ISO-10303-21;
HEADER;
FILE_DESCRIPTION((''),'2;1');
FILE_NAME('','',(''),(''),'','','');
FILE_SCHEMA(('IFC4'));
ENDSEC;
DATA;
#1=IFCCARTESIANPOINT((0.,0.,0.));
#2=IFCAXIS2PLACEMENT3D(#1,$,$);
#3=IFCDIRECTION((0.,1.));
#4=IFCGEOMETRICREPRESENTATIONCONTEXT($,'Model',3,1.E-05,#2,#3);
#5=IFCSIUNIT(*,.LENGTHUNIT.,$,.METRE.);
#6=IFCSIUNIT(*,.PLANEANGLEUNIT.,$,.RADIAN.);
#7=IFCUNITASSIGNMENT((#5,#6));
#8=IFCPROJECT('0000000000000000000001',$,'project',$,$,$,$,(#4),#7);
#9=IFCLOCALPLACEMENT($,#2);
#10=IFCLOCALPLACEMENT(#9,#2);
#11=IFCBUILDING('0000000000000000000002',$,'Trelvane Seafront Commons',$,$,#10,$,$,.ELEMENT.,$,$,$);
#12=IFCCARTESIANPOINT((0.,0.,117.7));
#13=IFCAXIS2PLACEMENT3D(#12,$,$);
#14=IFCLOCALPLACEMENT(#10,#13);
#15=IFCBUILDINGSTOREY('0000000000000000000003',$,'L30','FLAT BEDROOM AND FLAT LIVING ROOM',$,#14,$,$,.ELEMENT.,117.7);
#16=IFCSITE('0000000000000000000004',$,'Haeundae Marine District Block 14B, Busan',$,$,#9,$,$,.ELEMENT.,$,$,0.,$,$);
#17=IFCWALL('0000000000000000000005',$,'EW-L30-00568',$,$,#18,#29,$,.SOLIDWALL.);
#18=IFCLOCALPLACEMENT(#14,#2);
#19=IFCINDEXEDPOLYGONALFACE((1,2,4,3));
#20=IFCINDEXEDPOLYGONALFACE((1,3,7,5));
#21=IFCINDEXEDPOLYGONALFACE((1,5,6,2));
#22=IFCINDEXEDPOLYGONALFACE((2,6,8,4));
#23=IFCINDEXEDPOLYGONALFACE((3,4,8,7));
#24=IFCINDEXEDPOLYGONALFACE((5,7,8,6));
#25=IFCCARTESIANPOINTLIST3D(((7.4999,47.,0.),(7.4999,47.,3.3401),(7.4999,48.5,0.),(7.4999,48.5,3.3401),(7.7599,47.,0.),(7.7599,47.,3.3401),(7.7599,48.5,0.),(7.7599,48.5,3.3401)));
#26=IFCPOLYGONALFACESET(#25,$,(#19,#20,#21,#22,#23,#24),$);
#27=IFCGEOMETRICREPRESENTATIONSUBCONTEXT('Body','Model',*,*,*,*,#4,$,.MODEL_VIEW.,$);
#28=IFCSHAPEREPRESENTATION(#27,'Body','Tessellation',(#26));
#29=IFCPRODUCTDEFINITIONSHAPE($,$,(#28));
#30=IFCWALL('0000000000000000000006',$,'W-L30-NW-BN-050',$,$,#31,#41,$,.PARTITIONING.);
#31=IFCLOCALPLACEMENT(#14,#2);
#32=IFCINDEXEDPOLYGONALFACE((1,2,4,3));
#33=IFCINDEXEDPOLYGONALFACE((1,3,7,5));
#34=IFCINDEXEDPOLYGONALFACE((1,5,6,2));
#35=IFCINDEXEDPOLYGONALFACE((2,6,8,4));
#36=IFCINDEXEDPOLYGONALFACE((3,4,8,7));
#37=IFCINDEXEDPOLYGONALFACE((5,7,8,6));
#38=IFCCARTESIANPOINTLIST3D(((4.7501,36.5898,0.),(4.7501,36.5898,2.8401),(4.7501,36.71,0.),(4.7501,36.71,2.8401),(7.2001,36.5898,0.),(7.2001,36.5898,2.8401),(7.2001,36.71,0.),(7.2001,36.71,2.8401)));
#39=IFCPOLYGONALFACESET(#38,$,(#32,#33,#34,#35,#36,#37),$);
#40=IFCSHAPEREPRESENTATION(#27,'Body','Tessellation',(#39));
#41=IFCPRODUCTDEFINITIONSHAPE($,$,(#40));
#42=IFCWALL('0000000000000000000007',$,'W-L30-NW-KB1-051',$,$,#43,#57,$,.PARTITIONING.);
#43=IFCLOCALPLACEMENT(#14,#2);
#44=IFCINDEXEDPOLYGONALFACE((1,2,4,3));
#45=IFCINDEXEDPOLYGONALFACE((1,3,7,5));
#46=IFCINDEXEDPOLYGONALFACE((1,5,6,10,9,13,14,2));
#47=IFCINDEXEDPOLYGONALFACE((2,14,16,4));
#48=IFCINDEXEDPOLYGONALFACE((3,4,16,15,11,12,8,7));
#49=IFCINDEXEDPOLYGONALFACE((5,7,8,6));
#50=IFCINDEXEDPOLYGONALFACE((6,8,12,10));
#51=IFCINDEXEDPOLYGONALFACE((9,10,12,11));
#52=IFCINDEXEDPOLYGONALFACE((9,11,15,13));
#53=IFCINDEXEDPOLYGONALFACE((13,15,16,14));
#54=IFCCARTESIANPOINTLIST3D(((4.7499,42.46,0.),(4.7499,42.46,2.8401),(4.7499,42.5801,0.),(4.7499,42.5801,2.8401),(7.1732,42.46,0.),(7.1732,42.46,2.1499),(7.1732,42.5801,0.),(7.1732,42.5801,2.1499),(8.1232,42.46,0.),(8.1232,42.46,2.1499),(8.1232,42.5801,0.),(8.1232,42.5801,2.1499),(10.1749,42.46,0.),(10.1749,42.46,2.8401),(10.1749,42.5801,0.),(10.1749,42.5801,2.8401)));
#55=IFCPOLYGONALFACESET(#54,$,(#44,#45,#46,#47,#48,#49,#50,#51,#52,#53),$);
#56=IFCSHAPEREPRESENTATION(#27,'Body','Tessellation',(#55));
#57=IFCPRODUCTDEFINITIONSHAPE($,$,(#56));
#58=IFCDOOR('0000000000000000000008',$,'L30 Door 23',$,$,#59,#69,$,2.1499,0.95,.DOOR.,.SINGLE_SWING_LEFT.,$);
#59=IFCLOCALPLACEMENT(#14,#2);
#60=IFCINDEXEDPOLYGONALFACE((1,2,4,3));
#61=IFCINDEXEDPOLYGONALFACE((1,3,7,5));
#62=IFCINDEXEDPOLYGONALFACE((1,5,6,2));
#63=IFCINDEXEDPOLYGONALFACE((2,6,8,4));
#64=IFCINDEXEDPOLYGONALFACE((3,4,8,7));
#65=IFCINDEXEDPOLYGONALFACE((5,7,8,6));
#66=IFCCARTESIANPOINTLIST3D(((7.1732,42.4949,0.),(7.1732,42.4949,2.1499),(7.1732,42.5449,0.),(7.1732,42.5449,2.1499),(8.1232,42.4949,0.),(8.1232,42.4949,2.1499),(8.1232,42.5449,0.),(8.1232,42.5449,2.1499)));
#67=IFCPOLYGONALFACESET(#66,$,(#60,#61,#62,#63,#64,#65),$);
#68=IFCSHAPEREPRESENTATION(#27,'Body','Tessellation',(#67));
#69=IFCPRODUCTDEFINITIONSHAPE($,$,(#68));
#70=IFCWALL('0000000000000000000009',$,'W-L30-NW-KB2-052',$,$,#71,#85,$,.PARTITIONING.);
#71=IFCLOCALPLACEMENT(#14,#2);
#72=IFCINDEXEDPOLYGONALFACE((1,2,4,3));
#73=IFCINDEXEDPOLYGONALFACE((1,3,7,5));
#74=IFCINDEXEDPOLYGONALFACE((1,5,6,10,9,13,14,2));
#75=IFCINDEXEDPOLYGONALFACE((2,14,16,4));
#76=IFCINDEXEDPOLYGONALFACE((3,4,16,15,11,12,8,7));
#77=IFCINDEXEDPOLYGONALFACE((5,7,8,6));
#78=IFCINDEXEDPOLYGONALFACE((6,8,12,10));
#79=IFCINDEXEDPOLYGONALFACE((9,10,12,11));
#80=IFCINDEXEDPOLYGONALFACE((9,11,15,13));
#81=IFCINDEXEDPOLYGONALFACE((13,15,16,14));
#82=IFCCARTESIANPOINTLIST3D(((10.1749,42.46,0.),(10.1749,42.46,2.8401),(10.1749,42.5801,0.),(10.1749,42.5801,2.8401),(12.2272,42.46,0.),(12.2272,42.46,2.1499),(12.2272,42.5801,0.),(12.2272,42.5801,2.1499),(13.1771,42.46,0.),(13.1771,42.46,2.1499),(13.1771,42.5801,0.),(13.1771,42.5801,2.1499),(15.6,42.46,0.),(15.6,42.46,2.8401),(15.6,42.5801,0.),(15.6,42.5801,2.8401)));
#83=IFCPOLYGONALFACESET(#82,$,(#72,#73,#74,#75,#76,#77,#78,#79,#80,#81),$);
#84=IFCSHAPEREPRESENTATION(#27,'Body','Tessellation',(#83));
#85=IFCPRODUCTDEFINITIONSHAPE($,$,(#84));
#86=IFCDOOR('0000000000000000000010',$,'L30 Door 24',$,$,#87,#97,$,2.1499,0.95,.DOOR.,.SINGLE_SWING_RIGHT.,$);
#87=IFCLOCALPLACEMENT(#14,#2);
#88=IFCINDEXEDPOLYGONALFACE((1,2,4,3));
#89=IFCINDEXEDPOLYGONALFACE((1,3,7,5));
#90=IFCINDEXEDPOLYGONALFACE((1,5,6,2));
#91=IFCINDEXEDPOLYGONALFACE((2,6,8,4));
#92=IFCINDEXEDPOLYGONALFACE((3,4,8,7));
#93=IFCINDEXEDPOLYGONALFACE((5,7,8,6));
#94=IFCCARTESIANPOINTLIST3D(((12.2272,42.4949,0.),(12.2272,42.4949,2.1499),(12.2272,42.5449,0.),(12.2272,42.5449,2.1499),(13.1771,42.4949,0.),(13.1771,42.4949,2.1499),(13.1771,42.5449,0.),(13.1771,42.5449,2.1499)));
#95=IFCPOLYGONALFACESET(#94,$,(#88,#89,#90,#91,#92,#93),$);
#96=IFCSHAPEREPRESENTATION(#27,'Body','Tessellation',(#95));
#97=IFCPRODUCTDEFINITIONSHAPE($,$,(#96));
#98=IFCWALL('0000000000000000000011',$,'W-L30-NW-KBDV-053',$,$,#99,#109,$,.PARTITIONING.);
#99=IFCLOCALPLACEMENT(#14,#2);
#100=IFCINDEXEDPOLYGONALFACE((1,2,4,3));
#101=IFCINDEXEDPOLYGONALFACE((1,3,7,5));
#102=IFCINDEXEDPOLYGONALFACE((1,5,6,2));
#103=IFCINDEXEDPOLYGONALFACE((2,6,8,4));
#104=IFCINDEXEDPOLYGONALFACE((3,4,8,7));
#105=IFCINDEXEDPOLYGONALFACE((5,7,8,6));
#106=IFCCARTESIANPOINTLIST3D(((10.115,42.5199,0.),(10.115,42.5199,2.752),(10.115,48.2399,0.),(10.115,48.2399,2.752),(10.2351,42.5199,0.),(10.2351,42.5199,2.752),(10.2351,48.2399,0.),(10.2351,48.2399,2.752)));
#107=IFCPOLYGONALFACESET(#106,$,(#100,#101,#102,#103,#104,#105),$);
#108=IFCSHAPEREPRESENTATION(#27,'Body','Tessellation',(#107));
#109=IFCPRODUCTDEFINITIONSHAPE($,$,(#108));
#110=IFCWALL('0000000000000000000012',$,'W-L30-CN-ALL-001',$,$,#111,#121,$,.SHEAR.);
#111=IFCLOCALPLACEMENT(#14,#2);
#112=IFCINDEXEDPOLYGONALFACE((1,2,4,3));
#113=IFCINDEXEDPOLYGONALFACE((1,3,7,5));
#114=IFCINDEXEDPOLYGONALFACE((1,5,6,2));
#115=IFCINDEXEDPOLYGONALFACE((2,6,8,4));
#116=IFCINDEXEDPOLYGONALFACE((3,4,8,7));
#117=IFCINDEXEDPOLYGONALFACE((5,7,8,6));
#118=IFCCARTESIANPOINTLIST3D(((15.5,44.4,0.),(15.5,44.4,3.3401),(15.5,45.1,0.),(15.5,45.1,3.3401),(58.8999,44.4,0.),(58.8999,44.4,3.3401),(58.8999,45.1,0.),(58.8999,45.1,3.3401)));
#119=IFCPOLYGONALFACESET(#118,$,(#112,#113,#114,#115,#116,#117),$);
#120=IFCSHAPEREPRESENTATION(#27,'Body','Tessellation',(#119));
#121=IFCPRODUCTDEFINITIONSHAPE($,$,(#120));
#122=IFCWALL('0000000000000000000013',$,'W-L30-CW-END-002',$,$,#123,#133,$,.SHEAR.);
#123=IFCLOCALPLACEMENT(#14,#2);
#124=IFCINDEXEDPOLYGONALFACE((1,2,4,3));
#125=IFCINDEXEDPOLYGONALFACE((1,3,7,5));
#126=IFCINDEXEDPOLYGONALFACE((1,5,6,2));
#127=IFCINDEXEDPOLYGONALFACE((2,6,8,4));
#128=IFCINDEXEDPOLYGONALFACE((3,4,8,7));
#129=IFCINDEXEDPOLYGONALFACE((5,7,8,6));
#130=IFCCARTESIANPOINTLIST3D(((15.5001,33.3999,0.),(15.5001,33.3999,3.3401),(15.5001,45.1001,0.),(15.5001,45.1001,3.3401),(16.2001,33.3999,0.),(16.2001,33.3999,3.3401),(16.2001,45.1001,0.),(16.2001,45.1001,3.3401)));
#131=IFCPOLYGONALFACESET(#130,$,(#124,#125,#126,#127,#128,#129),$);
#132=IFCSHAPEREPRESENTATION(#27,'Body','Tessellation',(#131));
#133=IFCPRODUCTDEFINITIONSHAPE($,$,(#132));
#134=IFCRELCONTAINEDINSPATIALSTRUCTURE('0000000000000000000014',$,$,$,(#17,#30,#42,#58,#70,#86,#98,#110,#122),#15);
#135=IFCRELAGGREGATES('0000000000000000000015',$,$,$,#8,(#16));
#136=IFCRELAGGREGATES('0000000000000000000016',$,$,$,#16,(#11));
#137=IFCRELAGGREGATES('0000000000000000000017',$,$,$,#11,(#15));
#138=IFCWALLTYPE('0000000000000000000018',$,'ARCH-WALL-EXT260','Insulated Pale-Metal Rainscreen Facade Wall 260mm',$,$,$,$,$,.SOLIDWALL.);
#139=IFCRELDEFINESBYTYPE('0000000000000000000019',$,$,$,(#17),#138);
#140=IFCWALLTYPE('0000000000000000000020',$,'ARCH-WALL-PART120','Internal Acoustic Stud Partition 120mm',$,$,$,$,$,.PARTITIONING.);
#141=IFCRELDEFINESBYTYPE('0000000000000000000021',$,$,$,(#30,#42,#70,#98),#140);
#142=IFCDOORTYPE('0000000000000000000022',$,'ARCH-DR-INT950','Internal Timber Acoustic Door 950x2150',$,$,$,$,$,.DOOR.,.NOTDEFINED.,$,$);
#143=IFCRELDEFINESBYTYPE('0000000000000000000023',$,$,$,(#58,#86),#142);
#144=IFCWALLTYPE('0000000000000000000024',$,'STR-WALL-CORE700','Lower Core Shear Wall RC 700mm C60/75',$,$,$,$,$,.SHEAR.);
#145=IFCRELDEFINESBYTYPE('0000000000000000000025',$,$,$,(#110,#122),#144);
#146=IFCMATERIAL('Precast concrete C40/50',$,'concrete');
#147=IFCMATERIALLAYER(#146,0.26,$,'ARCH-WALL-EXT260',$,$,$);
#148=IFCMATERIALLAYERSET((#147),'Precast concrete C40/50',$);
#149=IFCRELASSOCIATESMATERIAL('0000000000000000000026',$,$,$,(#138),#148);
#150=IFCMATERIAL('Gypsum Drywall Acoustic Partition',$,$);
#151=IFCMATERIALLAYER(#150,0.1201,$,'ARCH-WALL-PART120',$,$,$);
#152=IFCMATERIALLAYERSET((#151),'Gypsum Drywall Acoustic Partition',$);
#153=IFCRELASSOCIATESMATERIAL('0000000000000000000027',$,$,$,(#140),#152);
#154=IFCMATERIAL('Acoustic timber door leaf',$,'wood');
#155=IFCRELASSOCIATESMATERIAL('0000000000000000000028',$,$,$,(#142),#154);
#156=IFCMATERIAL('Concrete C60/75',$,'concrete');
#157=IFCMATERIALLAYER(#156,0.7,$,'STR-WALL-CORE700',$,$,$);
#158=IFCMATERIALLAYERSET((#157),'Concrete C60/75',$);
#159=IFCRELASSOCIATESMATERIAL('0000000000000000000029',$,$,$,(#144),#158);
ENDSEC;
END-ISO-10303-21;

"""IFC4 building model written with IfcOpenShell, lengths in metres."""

from ifc_helpers import new_model, si_unit, direction, frame, frame_2d, origin, place, context, subcontext, project, spatial, rectangle, extrude, source, transform, mapped, material, layer, layer_set, type_object, element, fill, save


model = new_model("IFC4")

# Units and contexts
model_context = context("Model", 3, precision=1e-05, world=origin(), true_north=direction((0.0, 1.0)))
body_context = subcontext(model_context, "Body", "Model", "MODEL_VIEW")
ifc_project = project(units=[si_unit("LENGTHUNIT", "METRE"), si_unit("PLANEANGLEUNIT", "RADIAN")], contexts=[model_context])

# Site, building, storey
site_placement = place(None, origin())
site = spatial("IfcSite", under=ifc_project, at=site_placement, Name="Haeundae Marine District Block 14B, Busan", CompositionType="ELEMENT", RefElevation=0.0)
building_placement = place(site_placement, origin())
building = spatial("IfcBuilding", under=site, at=building_placement, Name="Trelvane Seafront Commons", CompositionType="ELEMENT")
storey_placement = place(building_placement, frame((0.0, 0.0, 117.7)))
storey = spatial("IfcBuildingStorey", under=building, at=storey_placement, Name="L30", Description="FLAT BEDROOM AND FLAT LIVING ROOM", CompositionType="ELEMENT", Elevation=117.7)

# Shared definitions
ifc_material_1 = material(Name="Concrete C60/75", Category="concrete")

# Shared definitions
ifc_material_2 = material(Name="Precast concrete C40/50", Category="concrete")
ifc_layer_1 = layer(ifc_material_2, 0.26, Name="ARCH-WALL-EXT260")
ifc_layer_set_1 = layer_set([ifc_layer_1], Name="Precast concrete C40/50")
wall_type_1 = type_object("IfcWallType", Name="ARCH-WALL-EXT260", Description="Insulated Pale-Metal Rainscreen Facade Wall 260mm", PredefinedType="SOLIDWALL", material=ifc_layer_set_1)

# Walls
for number, where, z_axis, x_axis, name in (
    (1, (7.6299, 47.0, 0.0), (0.0, 0.0, 1.0), (0.0, 1.0, 0.0), "EW-L30-00568"),
):
    element("IfcWall", number, at=place(storey_placement, frame(where, z_axis=z_axis, x_axis=x_axis)), inside=storey, type_object=wall_type_1, Name=name, PredefinedType="SOLIDWALL", context=body_context, shape_type="SweptSolid", body=[
        extrude(rectangle(XDim=1.5, YDim=0.26, at=frame_2d((0.75, 0.0))), origin(), (0.0, 0.0, 1.0), 3.3401),
    ])
ifc_material_3 = material(Name="Gypsum Drywall Acoustic Partition")
ifc_layer_2 = layer(ifc_material_3, 0.1201, Name="ARCH-WALL-PART120")
ifc_layer_set_2 = layer_set([ifc_layer_2], Name="Gypsum Drywall Acoustic Partition")
wall_type_2 = type_object("IfcWallType", Name="ARCH-WALL-PART120", Description="Internal Acoustic Stud Partition 120mm", PredefinedType="PARTITIONING", material=ifc_layer_set_2)
wall_1_placement = place(storey_placement, frame((4.75, 36.6499, 0.0), z_axis=(0.0, 0.0, 1.0), x_axis=(1.0, 0.0, 0.0)))
element("IfcWall", 2, at=wall_1_placement, inside=storey, type_object=wall_type_2, Name="W-L30-NW-BN-050", PredefinedType="PARTITIONING", context=body_context, shape_type="SweptSolid", body=[
    extrude(rectangle(XDim=2.45, YDim=0.1201, at=frame_2d((1.2251, 0.0))), origin(), (0.0, 0.0, 1.0), 2.8401),
])

# Walls, openings, doors
wall_2_placement = place(storey_placement, frame((4.75, 42.52, 0.0), z_axis=(0.0, 0.0, 1.0), x_axis=(1.0, 0.0, 0.0)))
wall_2 = element("IfcWall", 3, at=wall_2_placement, inside=storey, type_object=wall_type_2, Name="W-L30-NW-KB1-051", PredefinedType="PARTITIONING", context=body_context, shape_type="SweptSolid", body=[
    extrude(rectangle(XDim=5.425, YDim=0.1201, at=frame_2d((2.7124, 0.0))), origin(), (0.0, 0.0, 1.0), 2.8401),
])
opening_1_placement = place(wall_2_placement, frame((2.4231, 0.0, 0.0)))
opening_1 = element("IfcOpeningElement", 4, at=opening_1_placement, cuts=wall_2, PredefinedType="OPENING", context=body_context, shape_type="SweptSolid", body=[
    extrude(rectangle(XDim=0.95, YDim=2.1499, at=frame_2d((0.4751, 1.075))), frame((0.0, 0.0701, 0.0), z_axis=(0.0, -1.0, 0.0), x_axis=(1.0, 0.0, 0.0)), (0.0, 0.0, 1.0), 0.1401),
])
ifc_material_4 = material(Name="Acoustic timber door leaf", Category="wood")
door_type_1 = type_object("IfcDoorType", Name="ARCH-DR-INT950", Description="Internal Timber Acoustic Door 950x2150", OperationType="NOTDEFINED", PredefinedType="DOOR", material=ifc_material_4)
shared_shape_1 = source(origin(), body_context, "Body", "SweptSolid", [
    extrude(rectangle(XDim=0.95, YDim=2.1499, at=frame_2d((0.4751, 1.075))), frame((0.0, 0.0249, 0.0), z_axis=(0.0, -1.0, 0.0), x_axis=(1.0, 0.0, 0.0)), (0.0, 0.0, 1.0), 0.05),
])
door_1_placement = place(opening_1_placement, origin())
door_1 = element("IfcDoor", 5, at=door_1_placement, inside=storey, type_object=door_type_1, Name="L30 Door 23", OperationType="SINGLE_SWING_LEFT", OverallHeight=2.1499, OverallWidth=0.95, PredefinedType="DOOR", context=body_context, shape_type="MappedRepresentation", body=[
    mapped(shared_shape_1, transform((0.0, 0.0, 0.0), x_axis=(1.0, 0.0, 0.0), y_axis=(0.0, 1.0, 0.0), z_axis=(0.0, 0.0, 1.0), scale=1.0)),
])
fill(opening_1, door_1)
wall_3_placement = place(storey_placement, frame((10.175, 42.52, 0.0), z_axis=(0.0, 0.0, 1.0), x_axis=(1.0, 0.0, 0.0)))
wall_3 = element("IfcWall", 6, at=wall_3_placement, inside=storey, type_object=wall_type_2, Name="W-L30-NW-KB2-052", PredefinedType="PARTITIONING", context=body_context, shape_type="SweptSolid", body=[
    extrude(rectangle(XDim=5.425, YDim=0.1201, at=frame_2d((2.7124, 0.0))), origin(), (0.0, 0.0, 1.0), 2.8401),
])
opening_2_placement = place(wall_3_placement, frame((2.052, 0.0, 0.0)))
opening_2 = element("IfcOpeningElement", 7, at=opening_2_placement, cuts=wall_3, PredefinedType="OPENING", context=body_context, shape_type="SweptSolid", body=[
    extrude(rectangle(XDim=0.95, YDim=2.1499, at=frame_2d((0.4751, 1.075))), frame((0.0, 0.0701, 0.0), z_axis=(0.0, -1.0, 0.0), x_axis=(1.0, 0.0, 0.0)), (0.0, 0.0, 1.0), 0.1401),
])
door_2_placement = place(opening_2_placement, origin())
door_2 = element("IfcDoor", 8, at=door_2_placement, inside=storey, type_object=door_type_1, Name="L30 Door 24", OperationType="SINGLE_SWING_RIGHT", OverallHeight=2.1499, OverallWidth=0.95, PredefinedType="DOOR", context=body_context, shape_type="MappedRepresentation", body=[
    mapped(shared_shape_1, transform((0.0, 0.0, 0.0), x_axis=(1.0, 0.0, 0.0), y_axis=(0.0, 1.0, 0.0), z_axis=(0.0, 0.0, 1.0), scale=1.0)),
])
fill(opening_2, door_2)

# Wall
wall_4_placement = place(storey_placement, frame((10.175, 42.52, 0.0), z_axis=(0.0, 0.0, 1.0), x_axis=(0.0, 1.0, 0.0)))
element("IfcWall", 9, at=wall_4_placement, inside=storey, type_object=wall_type_2, Name="W-L30-NW-KBDV-053", PredefinedType="PARTITIONING", context=body_context, shape_type="SweptSolid", body=[
    extrude(rectangle(XDim=5.72, YDim=0.1201, at=frame_2d((2.8599, 0.0))), origin(), (0.0, 0.0, 1.0), 2.752),
])

# Walls
ifc_layer_3 = layer(ifc_material_1, 0.7, Name="STR-WALL-CORE700")
ifc_layer_set_3 = layer_set([ifc_layer_3], Name="Concrete C60/75")
wall_type_3 = type_object("IfcWallType", Name="STR-WALL-CORE700", Description="Lower Core Shear Wall RC 700mm C60/75", PredefinedType="SHEAR", material=ifc_layer_set_3)
wall_5_placement = place(storey_placement, frame((15.5, 44.75, 0.0), z_axis=(0.0, 0.0, 1.0), x_axis=(1.0, 0.0, 0.0)))
element("IfcWall", 10, at=wall_5_placement, inside=storey, type_object=wall_type_3, Name="W-L30-CN-ALL-001", PredefinedType="SHEAR", context=body_context, shape_type="SweptSolid", body=[
    extrude(rectangle(XDim=43.3999, YDim=0.7, at=frame_2d((21.7, 0.0))), origin(), (0.0, 0.0, 1.0), 3.3401),
])
wall_6_placement = place(storey_placement, frame((15.8501, 33.3999, 0.0), z_axis=(0.0, 0.0, 1.0), x_axis=(0.0, 1.0, 0.0)))
element("IfcWall", 11, at=wall_6_placement, inside=storey, type_object=wall_type_3, Name="W-L30-CW-END-002", PredefinedType="SHEAR", context=body_context, shape_type="SweptSolid", body=[
    extrude(rectangle(XDim=11.7002, YDim=0.7, at=frame_2d((5.8501, 0.0))), origin(), (0.0, 0.0, 1.0), 3.3401),
])

save(model, "model.ifc")
